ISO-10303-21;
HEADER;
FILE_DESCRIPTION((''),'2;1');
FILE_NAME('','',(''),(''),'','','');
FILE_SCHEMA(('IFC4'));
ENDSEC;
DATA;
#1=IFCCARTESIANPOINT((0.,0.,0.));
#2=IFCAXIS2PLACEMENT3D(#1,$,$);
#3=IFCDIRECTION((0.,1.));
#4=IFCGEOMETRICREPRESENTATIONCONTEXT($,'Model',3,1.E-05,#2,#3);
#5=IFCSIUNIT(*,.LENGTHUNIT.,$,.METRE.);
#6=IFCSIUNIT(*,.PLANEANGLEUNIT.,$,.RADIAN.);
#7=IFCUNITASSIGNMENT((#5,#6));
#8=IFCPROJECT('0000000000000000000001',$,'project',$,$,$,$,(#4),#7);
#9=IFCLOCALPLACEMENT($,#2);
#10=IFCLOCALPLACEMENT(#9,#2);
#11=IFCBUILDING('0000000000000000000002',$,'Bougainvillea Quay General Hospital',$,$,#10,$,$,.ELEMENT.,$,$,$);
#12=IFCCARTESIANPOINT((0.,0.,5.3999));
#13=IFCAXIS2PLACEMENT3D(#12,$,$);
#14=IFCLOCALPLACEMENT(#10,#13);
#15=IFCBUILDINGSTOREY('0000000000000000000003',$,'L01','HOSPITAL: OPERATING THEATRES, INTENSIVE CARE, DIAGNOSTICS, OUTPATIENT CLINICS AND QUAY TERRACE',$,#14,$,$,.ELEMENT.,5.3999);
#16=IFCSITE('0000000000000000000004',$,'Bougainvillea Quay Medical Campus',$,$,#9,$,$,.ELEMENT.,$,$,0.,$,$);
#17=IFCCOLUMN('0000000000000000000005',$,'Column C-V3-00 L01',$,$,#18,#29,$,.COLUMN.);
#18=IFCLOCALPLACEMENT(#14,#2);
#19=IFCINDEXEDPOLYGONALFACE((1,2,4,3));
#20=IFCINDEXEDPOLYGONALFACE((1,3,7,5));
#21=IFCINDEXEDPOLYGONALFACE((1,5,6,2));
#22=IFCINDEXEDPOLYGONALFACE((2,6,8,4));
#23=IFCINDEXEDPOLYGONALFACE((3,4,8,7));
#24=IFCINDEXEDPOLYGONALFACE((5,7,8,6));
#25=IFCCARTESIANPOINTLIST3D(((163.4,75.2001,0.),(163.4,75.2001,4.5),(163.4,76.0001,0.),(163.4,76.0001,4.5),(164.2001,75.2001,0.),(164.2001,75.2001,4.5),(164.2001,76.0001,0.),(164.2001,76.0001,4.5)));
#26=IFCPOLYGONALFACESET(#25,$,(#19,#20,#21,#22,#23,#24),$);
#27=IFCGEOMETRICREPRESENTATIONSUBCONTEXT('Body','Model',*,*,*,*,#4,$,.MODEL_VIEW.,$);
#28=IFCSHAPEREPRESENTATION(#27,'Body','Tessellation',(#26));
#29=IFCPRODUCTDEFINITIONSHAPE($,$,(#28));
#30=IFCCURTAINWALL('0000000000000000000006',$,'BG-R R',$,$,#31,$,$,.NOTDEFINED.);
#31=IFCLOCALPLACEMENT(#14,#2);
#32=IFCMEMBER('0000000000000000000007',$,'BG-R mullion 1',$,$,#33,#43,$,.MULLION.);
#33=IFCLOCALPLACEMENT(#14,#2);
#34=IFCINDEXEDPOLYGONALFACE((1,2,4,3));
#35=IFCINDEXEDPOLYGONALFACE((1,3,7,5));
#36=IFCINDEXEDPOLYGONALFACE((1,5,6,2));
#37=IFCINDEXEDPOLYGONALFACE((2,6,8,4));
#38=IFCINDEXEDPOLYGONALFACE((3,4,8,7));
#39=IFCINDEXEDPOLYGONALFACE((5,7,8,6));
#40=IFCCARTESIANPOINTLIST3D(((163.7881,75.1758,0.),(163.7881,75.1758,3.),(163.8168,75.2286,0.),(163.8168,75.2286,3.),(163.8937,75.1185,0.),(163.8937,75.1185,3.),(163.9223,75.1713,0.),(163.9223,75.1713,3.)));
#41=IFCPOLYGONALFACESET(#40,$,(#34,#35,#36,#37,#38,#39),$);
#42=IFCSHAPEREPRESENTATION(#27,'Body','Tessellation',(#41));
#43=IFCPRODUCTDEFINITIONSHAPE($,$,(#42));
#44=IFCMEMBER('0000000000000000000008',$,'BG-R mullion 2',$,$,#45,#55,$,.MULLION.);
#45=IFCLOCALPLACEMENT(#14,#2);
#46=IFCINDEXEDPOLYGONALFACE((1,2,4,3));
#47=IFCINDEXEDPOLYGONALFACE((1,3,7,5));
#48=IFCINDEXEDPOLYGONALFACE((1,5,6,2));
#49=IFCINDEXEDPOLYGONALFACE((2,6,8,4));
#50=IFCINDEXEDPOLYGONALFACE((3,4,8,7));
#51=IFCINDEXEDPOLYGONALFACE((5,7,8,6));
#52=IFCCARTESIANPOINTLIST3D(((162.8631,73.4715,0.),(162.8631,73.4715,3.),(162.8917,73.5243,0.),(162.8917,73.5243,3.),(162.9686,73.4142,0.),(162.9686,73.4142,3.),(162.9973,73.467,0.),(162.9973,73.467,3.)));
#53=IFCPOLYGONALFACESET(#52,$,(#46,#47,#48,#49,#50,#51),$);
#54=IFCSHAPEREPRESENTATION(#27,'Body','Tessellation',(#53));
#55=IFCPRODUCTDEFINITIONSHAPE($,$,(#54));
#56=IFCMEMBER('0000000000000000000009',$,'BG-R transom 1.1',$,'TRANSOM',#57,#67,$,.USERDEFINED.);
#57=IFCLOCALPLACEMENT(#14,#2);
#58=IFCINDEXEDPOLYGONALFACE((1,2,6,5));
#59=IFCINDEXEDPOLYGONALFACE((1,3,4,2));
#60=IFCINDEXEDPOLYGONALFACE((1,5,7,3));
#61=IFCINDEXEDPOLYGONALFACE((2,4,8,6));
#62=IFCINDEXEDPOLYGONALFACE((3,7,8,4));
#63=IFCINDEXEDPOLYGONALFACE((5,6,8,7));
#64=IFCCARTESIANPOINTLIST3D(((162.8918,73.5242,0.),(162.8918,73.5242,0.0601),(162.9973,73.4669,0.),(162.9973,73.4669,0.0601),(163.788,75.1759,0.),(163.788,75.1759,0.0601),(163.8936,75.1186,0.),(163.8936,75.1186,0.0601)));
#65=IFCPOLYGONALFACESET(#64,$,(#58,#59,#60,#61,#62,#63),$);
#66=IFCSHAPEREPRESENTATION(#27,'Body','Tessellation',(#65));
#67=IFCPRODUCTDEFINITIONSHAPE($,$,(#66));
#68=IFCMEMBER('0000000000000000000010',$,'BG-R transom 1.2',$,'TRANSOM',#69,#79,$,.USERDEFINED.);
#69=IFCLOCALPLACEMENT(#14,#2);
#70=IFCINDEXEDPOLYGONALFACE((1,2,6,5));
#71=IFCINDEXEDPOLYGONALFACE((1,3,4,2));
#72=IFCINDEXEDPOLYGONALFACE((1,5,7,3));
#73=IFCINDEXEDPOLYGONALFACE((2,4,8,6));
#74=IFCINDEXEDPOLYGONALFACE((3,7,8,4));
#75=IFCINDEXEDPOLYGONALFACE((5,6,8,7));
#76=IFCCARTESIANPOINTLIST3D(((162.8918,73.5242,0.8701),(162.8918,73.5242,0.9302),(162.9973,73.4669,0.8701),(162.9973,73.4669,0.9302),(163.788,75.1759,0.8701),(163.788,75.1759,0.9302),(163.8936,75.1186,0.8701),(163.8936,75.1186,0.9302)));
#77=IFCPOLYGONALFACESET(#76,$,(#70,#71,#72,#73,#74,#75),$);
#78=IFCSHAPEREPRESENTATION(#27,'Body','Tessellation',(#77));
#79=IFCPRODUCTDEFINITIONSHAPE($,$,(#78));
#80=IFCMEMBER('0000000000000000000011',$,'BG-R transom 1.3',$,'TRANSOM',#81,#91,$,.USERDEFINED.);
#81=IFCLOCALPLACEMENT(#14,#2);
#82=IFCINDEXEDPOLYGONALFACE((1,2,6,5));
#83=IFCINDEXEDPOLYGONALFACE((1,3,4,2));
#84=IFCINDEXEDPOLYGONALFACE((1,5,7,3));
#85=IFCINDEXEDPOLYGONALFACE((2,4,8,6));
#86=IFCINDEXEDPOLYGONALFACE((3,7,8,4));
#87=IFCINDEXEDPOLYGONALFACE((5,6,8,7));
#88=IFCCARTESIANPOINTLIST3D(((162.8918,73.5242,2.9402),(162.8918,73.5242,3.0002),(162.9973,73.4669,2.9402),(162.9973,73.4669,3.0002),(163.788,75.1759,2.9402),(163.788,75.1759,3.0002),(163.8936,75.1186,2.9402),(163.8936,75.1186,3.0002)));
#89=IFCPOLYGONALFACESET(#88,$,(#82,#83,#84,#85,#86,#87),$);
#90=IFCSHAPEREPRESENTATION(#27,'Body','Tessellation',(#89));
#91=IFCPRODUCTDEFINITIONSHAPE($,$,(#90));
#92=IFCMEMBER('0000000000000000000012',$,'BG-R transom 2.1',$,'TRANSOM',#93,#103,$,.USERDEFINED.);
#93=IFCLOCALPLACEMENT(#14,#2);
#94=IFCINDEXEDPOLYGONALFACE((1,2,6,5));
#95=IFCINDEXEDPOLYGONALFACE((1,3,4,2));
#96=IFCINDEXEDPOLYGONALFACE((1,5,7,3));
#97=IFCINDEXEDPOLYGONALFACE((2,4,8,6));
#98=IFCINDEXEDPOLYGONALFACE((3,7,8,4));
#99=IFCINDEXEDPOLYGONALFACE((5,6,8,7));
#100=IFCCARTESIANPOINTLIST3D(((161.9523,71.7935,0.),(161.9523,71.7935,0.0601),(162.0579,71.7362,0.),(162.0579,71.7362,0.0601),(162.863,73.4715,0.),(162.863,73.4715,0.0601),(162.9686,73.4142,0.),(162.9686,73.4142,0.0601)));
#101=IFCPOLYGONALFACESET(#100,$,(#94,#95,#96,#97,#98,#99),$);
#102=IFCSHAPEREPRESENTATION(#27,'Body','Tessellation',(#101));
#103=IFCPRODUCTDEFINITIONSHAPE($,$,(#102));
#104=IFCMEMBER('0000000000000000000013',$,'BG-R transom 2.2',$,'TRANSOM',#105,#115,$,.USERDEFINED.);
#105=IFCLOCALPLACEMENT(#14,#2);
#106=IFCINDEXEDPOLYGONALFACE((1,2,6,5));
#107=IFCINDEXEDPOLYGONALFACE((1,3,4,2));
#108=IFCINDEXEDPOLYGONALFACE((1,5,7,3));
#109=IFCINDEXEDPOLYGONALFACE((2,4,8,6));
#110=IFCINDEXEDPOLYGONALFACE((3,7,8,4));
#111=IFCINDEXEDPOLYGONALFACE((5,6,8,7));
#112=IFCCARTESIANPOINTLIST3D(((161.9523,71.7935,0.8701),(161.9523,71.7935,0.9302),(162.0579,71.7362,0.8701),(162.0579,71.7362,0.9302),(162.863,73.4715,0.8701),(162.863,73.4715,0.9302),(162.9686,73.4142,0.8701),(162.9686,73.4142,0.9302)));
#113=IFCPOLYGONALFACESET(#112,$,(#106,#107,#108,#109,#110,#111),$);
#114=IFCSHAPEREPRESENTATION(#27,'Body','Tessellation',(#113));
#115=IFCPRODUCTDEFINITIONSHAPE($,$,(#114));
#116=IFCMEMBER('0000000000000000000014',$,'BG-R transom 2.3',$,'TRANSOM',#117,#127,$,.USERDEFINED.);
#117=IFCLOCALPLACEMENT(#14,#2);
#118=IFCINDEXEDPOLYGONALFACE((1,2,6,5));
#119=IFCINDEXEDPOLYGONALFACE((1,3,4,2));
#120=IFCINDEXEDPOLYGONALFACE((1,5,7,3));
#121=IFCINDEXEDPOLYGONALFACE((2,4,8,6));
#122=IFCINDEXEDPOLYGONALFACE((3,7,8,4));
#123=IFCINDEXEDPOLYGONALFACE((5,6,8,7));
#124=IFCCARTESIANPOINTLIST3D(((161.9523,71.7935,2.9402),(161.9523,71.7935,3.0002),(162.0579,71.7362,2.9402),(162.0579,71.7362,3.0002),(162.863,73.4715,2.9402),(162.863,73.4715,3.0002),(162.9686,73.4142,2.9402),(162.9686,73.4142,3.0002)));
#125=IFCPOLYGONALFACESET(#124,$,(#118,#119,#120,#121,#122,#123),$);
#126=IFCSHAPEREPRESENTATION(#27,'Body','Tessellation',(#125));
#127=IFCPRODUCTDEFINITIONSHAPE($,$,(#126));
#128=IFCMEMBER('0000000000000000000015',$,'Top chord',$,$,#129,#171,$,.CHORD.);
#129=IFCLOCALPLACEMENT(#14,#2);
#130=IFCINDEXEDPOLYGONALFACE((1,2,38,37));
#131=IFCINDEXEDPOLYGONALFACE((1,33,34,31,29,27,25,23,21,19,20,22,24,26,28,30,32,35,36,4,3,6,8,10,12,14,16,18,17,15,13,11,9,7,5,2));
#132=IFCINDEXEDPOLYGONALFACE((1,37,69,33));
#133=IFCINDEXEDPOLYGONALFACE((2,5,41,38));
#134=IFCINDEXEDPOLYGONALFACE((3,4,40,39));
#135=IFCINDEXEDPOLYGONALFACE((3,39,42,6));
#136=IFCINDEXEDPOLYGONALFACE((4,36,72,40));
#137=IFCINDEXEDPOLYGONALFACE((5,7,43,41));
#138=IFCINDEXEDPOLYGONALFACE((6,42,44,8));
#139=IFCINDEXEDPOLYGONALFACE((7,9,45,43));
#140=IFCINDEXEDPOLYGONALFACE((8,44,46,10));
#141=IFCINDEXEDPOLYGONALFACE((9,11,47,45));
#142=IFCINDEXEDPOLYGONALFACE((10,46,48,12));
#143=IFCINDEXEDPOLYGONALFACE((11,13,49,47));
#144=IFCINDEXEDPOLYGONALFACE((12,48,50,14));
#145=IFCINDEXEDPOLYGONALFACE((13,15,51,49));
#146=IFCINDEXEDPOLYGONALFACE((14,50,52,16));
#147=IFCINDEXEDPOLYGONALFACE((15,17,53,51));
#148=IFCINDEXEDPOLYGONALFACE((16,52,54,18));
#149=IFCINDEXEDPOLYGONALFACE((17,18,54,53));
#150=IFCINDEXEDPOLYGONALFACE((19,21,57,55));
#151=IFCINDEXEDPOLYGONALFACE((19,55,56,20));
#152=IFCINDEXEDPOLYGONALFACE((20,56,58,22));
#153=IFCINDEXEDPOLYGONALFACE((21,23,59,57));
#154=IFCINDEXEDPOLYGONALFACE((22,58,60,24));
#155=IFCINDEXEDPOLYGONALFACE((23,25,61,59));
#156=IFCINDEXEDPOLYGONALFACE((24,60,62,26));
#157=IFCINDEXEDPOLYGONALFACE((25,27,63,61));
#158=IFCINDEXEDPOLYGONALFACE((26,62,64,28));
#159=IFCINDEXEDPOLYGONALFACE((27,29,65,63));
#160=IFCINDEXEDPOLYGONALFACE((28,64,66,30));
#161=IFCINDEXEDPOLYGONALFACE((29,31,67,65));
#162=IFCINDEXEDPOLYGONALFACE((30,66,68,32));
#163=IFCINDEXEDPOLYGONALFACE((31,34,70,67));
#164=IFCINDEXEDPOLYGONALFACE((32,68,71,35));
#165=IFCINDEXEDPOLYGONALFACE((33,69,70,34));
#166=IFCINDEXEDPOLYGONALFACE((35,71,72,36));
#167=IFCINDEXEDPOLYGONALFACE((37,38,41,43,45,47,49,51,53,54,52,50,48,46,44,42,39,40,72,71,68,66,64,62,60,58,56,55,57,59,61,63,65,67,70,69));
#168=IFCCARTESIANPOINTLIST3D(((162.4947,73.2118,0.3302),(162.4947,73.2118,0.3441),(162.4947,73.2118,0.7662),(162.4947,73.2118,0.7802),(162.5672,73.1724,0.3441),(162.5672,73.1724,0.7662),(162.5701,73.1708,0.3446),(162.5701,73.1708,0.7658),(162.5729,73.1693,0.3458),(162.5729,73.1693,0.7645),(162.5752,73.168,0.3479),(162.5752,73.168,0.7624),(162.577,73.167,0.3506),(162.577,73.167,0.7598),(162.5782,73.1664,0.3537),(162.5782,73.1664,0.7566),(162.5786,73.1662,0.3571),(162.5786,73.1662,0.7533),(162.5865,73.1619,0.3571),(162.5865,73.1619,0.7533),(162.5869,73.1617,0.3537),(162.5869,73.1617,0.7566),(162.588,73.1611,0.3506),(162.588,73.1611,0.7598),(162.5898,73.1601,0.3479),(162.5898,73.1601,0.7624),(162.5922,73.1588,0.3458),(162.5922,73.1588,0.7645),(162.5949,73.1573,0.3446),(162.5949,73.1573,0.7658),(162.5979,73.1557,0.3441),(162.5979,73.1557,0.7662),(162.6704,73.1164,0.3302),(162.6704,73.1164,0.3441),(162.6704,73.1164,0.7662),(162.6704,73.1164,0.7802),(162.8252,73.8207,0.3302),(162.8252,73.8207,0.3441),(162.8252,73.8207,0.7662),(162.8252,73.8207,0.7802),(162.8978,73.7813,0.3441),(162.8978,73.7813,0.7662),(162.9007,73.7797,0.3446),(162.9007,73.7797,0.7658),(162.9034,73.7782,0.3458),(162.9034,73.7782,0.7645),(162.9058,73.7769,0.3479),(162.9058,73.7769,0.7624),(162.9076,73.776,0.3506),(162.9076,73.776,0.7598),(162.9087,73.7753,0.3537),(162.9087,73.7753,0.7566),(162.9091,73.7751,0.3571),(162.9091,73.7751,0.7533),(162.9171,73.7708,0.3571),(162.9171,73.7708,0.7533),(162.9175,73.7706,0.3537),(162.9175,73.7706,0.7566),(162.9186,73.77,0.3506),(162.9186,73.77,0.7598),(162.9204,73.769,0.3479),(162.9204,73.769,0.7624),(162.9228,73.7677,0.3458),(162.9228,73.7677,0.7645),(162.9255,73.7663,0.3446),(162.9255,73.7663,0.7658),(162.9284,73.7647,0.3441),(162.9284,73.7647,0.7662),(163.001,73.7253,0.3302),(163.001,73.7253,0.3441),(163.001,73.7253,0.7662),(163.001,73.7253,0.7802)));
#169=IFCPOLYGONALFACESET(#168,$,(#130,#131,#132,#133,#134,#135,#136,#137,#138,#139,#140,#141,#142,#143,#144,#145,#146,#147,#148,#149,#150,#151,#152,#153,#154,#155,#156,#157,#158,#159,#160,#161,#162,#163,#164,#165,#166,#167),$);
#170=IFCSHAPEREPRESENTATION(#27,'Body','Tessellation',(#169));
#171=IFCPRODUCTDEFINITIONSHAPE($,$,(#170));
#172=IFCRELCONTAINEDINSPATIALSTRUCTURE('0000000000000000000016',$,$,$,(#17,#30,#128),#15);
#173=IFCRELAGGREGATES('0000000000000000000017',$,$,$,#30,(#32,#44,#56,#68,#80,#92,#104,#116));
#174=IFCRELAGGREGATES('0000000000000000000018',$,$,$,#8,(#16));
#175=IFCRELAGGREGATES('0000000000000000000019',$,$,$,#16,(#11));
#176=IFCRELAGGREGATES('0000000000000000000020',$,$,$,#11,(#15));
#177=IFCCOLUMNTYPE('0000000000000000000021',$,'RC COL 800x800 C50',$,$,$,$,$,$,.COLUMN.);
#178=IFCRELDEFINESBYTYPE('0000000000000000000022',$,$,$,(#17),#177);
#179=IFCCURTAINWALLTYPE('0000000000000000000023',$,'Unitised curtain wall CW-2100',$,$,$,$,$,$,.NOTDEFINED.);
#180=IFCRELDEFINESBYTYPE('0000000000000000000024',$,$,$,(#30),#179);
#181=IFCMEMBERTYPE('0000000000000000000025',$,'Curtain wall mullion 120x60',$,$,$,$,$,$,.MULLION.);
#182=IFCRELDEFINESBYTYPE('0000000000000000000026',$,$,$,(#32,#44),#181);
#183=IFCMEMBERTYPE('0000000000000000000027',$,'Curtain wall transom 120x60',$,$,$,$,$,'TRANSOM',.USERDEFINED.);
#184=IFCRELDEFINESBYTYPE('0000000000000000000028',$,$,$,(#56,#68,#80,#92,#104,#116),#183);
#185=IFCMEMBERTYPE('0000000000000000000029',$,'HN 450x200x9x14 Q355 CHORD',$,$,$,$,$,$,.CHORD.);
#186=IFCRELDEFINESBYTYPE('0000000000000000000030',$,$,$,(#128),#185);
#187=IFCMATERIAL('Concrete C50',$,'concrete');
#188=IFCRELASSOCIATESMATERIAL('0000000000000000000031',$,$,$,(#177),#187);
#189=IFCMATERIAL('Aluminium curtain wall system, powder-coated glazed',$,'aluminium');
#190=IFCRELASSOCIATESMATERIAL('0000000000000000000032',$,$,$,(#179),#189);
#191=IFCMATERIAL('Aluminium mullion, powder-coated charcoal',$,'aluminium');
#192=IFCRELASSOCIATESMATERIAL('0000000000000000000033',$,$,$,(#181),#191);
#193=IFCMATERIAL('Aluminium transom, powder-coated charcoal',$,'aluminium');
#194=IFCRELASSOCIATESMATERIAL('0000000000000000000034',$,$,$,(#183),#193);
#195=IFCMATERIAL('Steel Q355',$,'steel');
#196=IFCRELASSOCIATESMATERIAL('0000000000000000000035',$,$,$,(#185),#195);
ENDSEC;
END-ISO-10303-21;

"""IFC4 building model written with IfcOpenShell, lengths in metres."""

from ifc_helpers import new_model, si_unit, direction, frame, origin, origin_2d, place, context, subcontext, project, spatial, rectangle, i_section, extrude, material, material_profile, profile_set, type_object, element, aggregate, save


model = new_model("IFC4")

# Units and contexts
model_context = context("Model", 3, precision=1e-05, world=origin(), true_north=direction((0.0, 1.0)))
body_context = subcontext(model_context, "Body", "Model", "MODEL_VIEW")
ifc_project = project(units=[si_unit("LENGTHUNIT", "METRE"), si_unit("PLANEANGLEUNIT", "RADIAN")], contexts=[model_context])

# Site, building, storey
site_placement = place(None, origin())
site = spatial("IfcSite", under=ifc_project, at=site_placement, Name="Bougainvillea Quay Medical Campus", CompositionType="ELEMENT", RefElevation=0.0)
building_placement = place(site_placement, origin())
building = spatial("IfcBuilding", under=site, at=building_placement, Name="Bougainvillea Quay General Hospital", CompositionType="ELEMENT")
storey_placement = place(building_placement, frame((0.0, 0.0, 5.3999)))
storey = spatial("IfcBuildingStorey", under=building, at=storey_placement, Name="L01", Description="HOSPITAL: OPERATING THEATRES, INTENSIVE CARE, DIAGNOSTICS, OUTPATIENT CLINICS AND QUAY TERRACE", CompositionType="ELEMENT", Elevation=5.3999)

# Column
ifc_material_1 = material(Name="Concrete C50", Category="concrete")
ifc_material_profile_1 = material_profile(ifc_material_1, rectangle(XDim=0.8, YDim=0.8, at=origin_2d()))
ifc_profile_set_1 = profile_set([ifc_material_profile_1], Name="Concrete C50")
column_type = type_object("IfcColumnType", Name="RC COL 800x800 C50", PredefinedType="COLUMN", material=ifc_profile_set_1)
column_placement = place(storey_placement, frame((163.8, 75.6001, 0.0), z_axis=(0.0, 0.0, 1.0), x_axis=(1.0, 0.0, 0.0)))
element("IfcColumn", 1, at=column_placement, inside=storey, type_object=column_type, Name="Column C-V3-00 L01", PredefinedType="COLUMN", context=body_context, shape_type="SweptSolid", body=[
    extrude(rectangle(XDim=0.8, YDim=0.8, at=origin_2d()), origin(), (0.0, 0.0, 1.0), 4.5),
])

# Curtain wall, members
ifc_material_2 = material(Name="Aluminium curtain wall system, powder-coated glazed", Category="aluminium")
curtain_wall_type = type_object("IfcCurtainWallType", Name="Unitised curtain wall CW-2100", PredefinedType="NOTDEFINED", material=ifc_material_2)
curtain_wall_placement = place(storey_placement, origin())
curtain_wall = element("IfcCurtainWall", 2, at=curtain_wall_placement, inside=storey, type_object=curtain_wall_type, Name="BG-R R", PredefinedType="NOTDEFINED")
ifc_material_3 = material(Name="Aluminium mullion, powder-coated charcoal", Category="aluminium")
ifc_material_profile_2 = material_profile(ifc_material_3, rectangle(XDim=0.1201, YDim=0.0601, at=origin_2d()))
ifc_profile_set_2 = profile_set([ifc_material_profile_2], Name="Aluminium mullion, powder-coated charcoal")
member_type_1 = type_object("IfcMemberType", Name="Curtain wall mullion 120x60", PredefinedType="MULLION", material=ifc_profile_set_2)
member_1_placement = place(storey_placement, frame((163.8552, 75.1736, 0.0), z_axis=(0.0, 0.0, 1.0), x_axis=(0.878894, -0.477017, 0.0)))
member_1 = element("IfcMember", 3, at=member_1_placement, type_object=member_type_1, Name="BG-R mullion 1", PredefinedType="MULLION", context=body_context, shape_type="SweptSolid", body=[
    extrude(rectangle(XDim=0.1201, YDim=0.0601, at=origin_2d()), origin(), (0.0, 0.0, 1.0), 3.0),
])
member_2_placement = place(storey_placement, frame((162.9302, 73.4692, 0.0), z_axis=(0.0, 0.0, 1.0), x_axis=(0.878894, -0.477017, 0.0)))
member_2 = element("IfcMember", 4, at=member_2_placement, type_object=member_type_1, Name="BG-R mullion 2", PredefinedType="MULLION", context=body_context, shape_type="SweptSolid", body=[
    extrude(rectangle(XDim=0.1201, YDim=0.0601, at=origin_2d()), origin(), (0.0, 0.0, 1.0), 3.0),
])
ifc_material_4 = material(Name="Aluminium transom, powder-coated charcoal", Category="aluminium")
ifc_material_profile_3 = material_profile(ifc_material_4, rectangle(XDim=0.1201, YDim=0.0601, at=origin_2d()))
ifc_profile_set_3 = profile_set([ifc_material_profile_3], Name="Aluminium transom, powder-coated charcoal")
member_type_2 = type_object("IfcMemberType", Name="Curtain wall transom 120x60", ElementType="TRANSOM", PredefinedType="USERDEFINED", material=ifc_profile_set_3)
member_3_placement = place(storey_placement, frame((163.8408, 75.1472, 0.03), z_axis=(-0.476948, -0.878931, 0.0), x_axis=(0.878931, -0.476948, 0.0)))
member_3 = element("IfcMember", 5, at=member_3_placement, type_object=member_type_2, Name="BG-R transom 1.1", ObjectType="TRANSOM", PredefinedType="USERDEFINED", context=body_context, shape_type="SweptSolid", body=[
    extrude(rectangle(XDim=0.1201, YDim=0.0601, at=origin_2d()), origin(), (0.0, 0.0, 1.0), 1.8792),
])
member_4_placement = place(storey_placement, frame((163.8408, 75.1472, 0.9001), z_axis=(-0.476948, -0.878931, 0.0), x_axis=(0.878931, -0.476948, 0.0)))
member_4 = element("IfcMember", 6, at=member_4_placement, type_object=member_type_2, Name="BG-R transom 1.2", ObjectType="TRANSOM", PredefinedType="USERDEFINED", context=body_context, shape_type="SweptSolid", body=[
    extrude(rectangle(XDim=0.1201, YDim=0.0601, at=origin_2d()), origin(), (0.0, 0.0, 1.0), 1.8792),
])
member_5_placement = place(storey_placement, frame((163.8408, 75.1472, 2.9702), z_axis=(-0.476948, -0.878931, 0.0), x_axis=(0.878931, -0.476948, 0.0)))
member_5 = element("IfcMember", 7, at=member_5_placement, type_object=member_type_2, Name="BG-R transom 1.3", ObjectType="TRANSOM", PredefinedType="USERDEFINED", context=body_context, shape_type="SweptSolid", body=[
    extrude(rectangle(XDim=0.1201, YDim=0.0601, at=origin_2d()), origin(), (0.0, 0.0, 1.0), 1.8792),
])
member_6_placement = place(storey_placement, frame((162.9158, 73.4429, 0.03), z_axis=(-0.476987, -0.87891, 0.0), x_axis=(0.87891, -0.476987, 0.0)))
member_6 = element("IfcMember", 8, at=member_6_placement, type_object=member_type_2, Name="BG-R transom 2.1", ObjectType="TRANSOM", PredefinedType="USERDEFINED", context=body_context, shape_type="SweptSolid", body=[
    extrude(rectangle(XDim=0.1201, YDim=0.0601, at=origin_2d()), origin(), (0.0, 0.0, 1.0), 1.9092),
])
member_7_placement = place(storey_placement, frame((162.9158, 73.4429, 0.9001), z_axis=(-0.476987, -0.87891, 0.0), x_axis=(0.87891, -0.476987, 0.0)))
member_7 = element("IfcMember", 9, at=member_7_placement, type_object=member_type_2, Name="BG-R transom 2.2", ObjectType="TRANSOM", PredefinedType="USERDEFINED", context=body_context, shape_type="SweptSolid", body=[
    extrude(rectangle(XDim=0.1201, YDim=0.0601, at=origin_2d()), origin(), (0.0, 0.0, 1.0), 1.9092),
])
member_8_placement = place(storey_placement, frame((162.9158, 73.4429, 2.9702), z_axis=(-0.476987, -0.87891, 0.0), x_axis=(0.87891, -0.476987, 0.0)))
member_8 = element("IfcMember", 10, at=member_8_placement, type_object=member_type_2, Name="BG-R transom 2.3", ObjectType="TRANSOM", PredefinedType="USERDEFINED", context=body_context, shape_type="SweptSolid", body=[
    extrude(rectangle(XDim=0.1201, YDim=0.0601, at=origin_2d()), origin(), (0.0, 0.0, 1.0), 1.9092),
])

# Member
ifc_material_5 = material(Name="Steel Q355", Category="steel")
ifc_material_profile_4 = material_profile(ifc_material_5, i_section(OverallWidth=0.2, OverallDepth=0.45, WebThickness=0.009, FlangeThickness=0.0139, FilletRadius=0.0129, at=origin_2d()))
ifc_profile_set_4 = profile_set([ifc_material_profile_4], Name="Steel Q355")
member_type_3 = type_object("IfcMemberType", Name="HN 450x200x9x14 Q355 CHORD", PredefinedType="CHORD", material=ifc_profile_set_4)
member_9_placement = place(storey_placement, frame((162.5825, 73.1641, 0.5552), z_axis=(0.477123, 0.878837, 0.0), x_axis=(-0.878837, 0.477123, 0.0)))
element("IfcMember", 11, at=member_9_placement, inside=storey, type_object=member_type_3, Name="Top chord", PredefinedType="CHORD", context=body_context, shape_type="SweptSolid", body=[
    extrude(i_section(OverallWidth=0.2, OverallDepth=0.45, WebThickness=0.009, FlangeThickness=0.0139, FilletRadius=0.0129, at=origin_2d()), origin(), (0.0, 0.0, 1.0), 0.6929),
])

aggregate(curtain_wall, [member_1, member_2, member_3, member_4, member_5, member_6, member_7, member_8])

save(model, "model.ifc")
